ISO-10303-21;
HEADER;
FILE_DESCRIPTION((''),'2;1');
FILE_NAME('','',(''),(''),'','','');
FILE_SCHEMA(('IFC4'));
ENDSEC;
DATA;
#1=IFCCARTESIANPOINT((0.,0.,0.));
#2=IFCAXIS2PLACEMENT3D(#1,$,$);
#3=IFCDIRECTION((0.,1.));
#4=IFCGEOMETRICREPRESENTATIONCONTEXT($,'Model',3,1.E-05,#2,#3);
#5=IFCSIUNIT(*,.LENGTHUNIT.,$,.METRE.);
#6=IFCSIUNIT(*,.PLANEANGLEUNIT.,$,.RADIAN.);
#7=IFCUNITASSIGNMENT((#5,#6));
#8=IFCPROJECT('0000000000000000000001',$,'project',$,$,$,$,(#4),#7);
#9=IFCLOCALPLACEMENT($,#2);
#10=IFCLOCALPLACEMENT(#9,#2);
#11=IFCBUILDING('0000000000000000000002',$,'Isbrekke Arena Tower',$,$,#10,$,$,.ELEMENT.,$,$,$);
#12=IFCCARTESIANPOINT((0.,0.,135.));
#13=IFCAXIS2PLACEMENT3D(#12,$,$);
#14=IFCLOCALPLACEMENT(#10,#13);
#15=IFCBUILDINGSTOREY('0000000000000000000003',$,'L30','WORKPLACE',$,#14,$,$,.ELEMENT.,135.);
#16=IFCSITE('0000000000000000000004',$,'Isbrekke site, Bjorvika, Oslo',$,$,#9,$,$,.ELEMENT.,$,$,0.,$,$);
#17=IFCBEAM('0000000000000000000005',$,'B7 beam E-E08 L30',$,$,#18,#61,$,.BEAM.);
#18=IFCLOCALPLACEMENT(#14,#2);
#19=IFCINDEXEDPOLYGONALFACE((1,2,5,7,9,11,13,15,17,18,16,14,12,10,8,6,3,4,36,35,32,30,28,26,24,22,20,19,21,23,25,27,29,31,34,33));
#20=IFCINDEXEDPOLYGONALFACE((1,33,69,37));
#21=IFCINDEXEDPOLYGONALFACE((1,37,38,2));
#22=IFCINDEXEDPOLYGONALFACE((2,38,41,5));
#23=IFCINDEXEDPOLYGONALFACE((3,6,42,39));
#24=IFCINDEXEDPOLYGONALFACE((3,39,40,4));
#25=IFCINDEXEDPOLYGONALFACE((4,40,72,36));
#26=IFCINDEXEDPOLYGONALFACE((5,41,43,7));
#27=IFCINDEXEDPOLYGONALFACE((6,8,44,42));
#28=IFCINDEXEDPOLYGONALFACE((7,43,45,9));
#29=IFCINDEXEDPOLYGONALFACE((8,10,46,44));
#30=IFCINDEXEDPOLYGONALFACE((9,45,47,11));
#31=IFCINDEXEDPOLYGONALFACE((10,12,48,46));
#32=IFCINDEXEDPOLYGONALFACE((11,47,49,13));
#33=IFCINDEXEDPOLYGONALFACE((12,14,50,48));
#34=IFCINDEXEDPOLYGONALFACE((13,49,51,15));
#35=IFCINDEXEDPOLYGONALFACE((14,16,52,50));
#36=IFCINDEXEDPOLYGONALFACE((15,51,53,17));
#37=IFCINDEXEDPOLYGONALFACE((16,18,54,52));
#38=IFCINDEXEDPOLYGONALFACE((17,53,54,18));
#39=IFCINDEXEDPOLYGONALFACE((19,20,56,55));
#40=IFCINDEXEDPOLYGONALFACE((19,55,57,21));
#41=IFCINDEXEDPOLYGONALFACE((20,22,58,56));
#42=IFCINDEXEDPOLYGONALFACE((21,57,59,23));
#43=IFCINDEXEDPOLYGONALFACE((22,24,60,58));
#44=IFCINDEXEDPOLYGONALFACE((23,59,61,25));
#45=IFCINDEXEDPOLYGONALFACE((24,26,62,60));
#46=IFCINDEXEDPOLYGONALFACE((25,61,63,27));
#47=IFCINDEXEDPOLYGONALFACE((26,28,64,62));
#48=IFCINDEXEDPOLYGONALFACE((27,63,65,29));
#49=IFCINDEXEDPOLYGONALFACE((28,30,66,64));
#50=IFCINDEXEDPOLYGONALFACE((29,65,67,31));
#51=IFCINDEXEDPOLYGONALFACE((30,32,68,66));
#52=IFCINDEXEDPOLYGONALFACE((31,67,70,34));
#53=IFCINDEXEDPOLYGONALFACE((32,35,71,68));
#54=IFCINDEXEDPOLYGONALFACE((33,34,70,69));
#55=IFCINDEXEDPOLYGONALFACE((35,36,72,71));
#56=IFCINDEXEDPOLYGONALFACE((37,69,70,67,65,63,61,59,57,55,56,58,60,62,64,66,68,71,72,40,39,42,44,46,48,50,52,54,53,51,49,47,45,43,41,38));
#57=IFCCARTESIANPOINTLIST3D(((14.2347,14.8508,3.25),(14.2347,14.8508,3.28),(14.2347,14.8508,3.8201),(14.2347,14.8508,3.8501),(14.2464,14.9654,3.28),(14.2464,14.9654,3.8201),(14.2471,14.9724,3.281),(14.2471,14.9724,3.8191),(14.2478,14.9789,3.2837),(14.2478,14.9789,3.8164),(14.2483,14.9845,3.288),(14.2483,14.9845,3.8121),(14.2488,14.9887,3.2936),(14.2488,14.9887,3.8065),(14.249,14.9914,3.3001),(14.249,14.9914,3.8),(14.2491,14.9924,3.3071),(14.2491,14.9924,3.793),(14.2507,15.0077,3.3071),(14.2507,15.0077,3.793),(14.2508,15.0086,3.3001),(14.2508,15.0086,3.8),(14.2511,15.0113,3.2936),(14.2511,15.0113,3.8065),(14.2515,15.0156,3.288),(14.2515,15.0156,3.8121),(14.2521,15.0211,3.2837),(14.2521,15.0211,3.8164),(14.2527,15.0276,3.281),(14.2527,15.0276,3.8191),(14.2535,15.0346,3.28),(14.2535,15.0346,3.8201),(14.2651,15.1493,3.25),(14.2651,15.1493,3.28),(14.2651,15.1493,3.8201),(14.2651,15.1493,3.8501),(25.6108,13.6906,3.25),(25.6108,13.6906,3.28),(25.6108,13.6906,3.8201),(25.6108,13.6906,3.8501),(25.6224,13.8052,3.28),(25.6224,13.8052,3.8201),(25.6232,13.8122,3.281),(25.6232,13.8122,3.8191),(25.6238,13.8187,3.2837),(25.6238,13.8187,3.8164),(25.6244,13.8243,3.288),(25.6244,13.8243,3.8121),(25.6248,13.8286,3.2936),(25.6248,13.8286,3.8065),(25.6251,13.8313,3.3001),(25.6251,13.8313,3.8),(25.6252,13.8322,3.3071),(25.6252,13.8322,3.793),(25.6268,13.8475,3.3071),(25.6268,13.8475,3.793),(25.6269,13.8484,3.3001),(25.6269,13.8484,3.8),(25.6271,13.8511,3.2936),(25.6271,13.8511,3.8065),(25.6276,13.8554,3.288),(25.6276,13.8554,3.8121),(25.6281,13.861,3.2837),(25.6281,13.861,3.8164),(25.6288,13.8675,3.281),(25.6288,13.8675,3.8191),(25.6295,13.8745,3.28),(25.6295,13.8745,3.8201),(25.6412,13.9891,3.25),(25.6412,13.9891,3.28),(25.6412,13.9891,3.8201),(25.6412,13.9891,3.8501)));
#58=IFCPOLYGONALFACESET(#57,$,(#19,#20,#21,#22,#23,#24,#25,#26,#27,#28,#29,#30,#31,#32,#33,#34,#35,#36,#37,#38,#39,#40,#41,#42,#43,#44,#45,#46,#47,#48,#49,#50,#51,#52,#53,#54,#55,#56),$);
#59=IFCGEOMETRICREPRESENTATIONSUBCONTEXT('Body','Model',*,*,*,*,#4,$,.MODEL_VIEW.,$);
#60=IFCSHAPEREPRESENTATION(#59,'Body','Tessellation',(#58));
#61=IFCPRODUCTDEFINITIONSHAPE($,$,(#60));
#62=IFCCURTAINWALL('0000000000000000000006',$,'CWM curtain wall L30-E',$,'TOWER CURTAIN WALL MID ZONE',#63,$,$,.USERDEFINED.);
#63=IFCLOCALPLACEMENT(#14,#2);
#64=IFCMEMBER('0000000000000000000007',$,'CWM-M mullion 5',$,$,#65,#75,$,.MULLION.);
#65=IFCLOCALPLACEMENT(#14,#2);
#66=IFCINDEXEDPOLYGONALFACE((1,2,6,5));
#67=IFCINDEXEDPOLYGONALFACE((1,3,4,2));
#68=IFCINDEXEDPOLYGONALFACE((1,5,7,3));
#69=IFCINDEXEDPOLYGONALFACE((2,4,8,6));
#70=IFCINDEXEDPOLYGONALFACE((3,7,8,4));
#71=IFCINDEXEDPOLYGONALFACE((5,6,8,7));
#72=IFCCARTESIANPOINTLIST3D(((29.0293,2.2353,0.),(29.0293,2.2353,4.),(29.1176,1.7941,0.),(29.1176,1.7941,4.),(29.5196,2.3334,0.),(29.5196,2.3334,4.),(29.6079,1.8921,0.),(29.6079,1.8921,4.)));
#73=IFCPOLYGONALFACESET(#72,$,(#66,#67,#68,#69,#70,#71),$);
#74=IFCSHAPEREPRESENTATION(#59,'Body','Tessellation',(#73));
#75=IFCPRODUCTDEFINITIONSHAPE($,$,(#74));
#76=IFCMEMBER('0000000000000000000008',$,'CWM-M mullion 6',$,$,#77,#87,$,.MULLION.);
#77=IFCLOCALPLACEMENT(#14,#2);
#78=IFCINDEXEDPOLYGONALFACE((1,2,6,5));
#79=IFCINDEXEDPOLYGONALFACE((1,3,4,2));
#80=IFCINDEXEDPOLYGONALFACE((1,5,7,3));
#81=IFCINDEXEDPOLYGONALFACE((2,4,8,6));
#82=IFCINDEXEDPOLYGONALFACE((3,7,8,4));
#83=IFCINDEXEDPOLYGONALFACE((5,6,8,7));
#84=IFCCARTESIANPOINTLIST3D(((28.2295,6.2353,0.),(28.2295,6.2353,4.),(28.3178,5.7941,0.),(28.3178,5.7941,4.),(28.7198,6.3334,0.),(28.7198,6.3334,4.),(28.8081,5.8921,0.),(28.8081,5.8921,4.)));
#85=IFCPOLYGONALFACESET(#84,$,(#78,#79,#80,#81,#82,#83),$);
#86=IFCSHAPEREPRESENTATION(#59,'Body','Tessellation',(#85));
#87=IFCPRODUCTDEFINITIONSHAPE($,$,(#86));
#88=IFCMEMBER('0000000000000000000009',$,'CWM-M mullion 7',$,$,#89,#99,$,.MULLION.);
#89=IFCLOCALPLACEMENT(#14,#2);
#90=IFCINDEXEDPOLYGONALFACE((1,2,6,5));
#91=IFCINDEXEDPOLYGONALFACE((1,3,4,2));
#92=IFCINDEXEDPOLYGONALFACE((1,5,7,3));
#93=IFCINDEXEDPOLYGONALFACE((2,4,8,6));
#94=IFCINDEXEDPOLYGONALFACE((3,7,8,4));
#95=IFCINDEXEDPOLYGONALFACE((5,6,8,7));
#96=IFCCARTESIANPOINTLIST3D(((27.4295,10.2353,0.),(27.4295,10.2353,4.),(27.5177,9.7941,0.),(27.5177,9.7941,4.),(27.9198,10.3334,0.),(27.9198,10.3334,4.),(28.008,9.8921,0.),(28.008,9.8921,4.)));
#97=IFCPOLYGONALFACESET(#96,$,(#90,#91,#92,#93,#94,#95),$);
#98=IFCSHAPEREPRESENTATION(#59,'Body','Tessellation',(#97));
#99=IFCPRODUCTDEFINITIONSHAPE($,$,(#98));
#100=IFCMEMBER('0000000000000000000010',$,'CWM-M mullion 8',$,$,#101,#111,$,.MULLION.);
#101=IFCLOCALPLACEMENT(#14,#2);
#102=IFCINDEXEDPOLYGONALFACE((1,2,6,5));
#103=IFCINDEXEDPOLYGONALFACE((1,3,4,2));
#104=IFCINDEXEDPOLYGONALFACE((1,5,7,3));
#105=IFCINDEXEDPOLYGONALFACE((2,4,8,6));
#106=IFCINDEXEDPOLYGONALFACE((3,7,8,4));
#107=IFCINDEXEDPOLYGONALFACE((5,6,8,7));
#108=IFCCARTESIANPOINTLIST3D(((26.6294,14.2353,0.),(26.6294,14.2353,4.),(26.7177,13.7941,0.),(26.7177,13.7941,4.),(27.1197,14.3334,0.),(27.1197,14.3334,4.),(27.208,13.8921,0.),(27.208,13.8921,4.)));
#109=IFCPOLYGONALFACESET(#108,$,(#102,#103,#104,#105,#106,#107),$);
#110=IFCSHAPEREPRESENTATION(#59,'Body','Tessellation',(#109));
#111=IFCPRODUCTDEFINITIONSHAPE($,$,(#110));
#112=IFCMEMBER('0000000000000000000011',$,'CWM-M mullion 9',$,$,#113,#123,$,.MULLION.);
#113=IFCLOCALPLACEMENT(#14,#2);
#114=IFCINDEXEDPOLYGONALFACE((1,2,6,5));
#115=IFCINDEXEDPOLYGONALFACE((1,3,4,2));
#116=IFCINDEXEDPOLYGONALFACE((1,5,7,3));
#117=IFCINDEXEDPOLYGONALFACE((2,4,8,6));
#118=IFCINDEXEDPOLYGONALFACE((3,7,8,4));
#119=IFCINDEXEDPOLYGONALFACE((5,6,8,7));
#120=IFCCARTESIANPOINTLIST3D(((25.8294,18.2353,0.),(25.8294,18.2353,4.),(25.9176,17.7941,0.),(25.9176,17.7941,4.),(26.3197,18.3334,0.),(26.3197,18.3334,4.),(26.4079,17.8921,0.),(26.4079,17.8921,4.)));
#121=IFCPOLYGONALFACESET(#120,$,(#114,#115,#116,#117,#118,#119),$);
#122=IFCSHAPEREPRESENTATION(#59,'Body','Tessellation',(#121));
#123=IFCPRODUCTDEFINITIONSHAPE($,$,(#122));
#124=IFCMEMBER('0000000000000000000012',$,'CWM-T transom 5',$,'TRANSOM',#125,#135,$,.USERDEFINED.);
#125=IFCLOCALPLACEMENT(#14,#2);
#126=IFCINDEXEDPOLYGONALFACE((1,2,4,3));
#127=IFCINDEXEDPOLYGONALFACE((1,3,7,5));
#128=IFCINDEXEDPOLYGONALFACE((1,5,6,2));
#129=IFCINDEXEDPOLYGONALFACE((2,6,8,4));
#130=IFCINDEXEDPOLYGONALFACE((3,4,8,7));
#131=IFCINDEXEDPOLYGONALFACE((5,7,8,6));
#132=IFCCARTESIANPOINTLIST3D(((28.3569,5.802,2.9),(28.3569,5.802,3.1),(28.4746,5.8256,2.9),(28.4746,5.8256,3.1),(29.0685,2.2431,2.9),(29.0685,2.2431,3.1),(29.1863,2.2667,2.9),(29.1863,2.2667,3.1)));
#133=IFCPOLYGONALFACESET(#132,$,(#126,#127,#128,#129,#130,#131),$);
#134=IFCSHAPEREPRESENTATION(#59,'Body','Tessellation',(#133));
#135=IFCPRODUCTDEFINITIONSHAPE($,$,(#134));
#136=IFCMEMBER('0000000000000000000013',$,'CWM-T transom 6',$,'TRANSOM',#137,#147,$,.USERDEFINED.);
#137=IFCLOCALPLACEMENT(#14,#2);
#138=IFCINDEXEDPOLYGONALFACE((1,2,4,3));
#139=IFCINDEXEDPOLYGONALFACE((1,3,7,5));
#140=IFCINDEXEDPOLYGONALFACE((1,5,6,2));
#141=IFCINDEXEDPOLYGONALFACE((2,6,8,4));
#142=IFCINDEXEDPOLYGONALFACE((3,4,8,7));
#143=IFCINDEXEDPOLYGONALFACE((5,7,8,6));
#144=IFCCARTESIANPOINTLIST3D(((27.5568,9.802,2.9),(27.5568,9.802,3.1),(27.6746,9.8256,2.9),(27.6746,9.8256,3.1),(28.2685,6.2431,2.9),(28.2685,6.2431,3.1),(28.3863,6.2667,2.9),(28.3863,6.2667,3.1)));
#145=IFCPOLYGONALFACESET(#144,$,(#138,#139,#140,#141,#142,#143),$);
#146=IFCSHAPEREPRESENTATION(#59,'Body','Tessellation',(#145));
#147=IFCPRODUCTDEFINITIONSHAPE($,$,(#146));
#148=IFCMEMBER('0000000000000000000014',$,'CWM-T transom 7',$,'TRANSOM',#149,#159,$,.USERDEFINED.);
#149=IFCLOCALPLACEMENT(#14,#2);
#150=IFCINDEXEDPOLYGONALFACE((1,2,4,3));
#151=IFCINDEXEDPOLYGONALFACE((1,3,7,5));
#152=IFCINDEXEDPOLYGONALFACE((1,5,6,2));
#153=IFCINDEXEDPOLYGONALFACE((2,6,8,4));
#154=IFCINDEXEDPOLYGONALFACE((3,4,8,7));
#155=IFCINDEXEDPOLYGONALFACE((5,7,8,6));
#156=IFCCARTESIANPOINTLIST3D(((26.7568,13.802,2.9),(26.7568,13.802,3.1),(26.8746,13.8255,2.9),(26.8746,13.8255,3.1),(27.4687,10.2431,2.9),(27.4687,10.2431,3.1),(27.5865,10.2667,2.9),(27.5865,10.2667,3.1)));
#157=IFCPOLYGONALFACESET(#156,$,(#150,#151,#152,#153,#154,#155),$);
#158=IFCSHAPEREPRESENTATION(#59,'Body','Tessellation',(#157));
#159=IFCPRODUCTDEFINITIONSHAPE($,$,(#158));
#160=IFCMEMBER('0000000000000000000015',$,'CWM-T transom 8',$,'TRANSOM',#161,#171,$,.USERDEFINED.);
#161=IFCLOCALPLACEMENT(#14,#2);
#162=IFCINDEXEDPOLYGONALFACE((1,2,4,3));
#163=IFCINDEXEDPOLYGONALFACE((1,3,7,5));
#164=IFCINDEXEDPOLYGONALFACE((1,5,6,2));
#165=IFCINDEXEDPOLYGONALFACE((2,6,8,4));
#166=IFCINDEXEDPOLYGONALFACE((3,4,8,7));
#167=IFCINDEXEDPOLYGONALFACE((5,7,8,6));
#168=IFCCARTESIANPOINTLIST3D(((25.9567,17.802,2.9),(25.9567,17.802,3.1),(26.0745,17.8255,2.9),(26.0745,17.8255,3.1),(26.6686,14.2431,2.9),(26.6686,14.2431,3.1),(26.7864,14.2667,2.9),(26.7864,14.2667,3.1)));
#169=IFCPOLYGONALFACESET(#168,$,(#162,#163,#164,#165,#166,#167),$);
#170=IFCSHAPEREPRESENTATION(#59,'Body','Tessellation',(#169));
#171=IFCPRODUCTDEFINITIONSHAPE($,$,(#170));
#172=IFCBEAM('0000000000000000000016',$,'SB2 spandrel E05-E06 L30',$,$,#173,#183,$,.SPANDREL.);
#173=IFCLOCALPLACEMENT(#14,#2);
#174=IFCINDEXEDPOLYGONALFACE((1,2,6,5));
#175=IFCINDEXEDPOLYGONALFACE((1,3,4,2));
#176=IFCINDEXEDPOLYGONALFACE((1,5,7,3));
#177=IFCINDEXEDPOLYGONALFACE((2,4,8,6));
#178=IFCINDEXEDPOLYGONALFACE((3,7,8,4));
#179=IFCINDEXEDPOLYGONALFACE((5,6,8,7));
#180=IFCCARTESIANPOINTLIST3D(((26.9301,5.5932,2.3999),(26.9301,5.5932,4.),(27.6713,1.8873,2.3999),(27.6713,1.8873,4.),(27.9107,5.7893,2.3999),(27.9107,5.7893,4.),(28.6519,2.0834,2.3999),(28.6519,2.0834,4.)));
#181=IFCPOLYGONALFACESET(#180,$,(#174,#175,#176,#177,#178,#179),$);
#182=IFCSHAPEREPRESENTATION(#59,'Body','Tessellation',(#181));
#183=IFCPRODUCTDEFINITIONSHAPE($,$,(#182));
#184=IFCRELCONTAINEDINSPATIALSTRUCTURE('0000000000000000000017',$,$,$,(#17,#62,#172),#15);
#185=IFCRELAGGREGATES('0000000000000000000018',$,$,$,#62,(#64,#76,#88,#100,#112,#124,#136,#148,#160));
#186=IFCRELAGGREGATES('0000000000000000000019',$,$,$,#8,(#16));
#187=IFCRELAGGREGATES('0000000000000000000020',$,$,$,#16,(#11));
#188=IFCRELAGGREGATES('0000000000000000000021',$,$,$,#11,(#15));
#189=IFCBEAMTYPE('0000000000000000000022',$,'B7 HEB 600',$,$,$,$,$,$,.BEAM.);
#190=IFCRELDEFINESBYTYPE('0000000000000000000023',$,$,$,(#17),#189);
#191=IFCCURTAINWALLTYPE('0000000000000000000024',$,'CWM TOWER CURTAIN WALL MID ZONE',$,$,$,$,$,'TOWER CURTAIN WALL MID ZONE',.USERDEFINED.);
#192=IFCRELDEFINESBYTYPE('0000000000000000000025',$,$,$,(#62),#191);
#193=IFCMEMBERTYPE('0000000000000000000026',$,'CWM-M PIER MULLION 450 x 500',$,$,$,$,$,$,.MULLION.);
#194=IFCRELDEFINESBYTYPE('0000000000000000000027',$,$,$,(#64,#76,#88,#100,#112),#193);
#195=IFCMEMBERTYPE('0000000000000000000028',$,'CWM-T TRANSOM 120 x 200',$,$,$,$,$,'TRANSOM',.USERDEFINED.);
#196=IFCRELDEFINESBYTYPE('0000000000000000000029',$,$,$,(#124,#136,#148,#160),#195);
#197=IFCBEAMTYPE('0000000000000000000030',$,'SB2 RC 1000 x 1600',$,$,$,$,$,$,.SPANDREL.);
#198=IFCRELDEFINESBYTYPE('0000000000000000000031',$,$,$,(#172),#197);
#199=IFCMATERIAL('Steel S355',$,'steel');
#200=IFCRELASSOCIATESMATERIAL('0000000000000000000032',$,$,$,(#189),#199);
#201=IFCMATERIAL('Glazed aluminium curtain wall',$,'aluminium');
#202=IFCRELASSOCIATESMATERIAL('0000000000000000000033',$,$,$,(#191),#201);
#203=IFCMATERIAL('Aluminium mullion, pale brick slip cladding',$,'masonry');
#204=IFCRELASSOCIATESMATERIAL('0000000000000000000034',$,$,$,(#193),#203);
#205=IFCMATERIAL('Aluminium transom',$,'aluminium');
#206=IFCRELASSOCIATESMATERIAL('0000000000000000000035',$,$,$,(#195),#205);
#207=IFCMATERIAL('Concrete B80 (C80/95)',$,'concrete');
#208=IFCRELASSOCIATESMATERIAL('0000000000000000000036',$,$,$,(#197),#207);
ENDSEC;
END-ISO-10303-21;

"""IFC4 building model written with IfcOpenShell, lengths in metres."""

from ifc_helpers import new_model, si_unit, direction, frame, origin, origin_2d, place, context, subcontext, project, spatial, rectangle, i_section, extrude, material, material_profile, profile_set, type_object, element, aggregate, save


model = new_model("IFC4")

# Units and contexts
model_context = context("Model", 3, precision=1e-05, world=origin(), true_north=direction((0.0, 1.0)))
body_context = subcontext(model_context, "Body", "Model", "MODEL_VIEW")
ifc_project = project(units=[si_unit("LENGTHUNIT", "METRE"), si_unit("PLANEANGLEUNIT", "RADIAN")], contexts=[model_context])

# Site, building, storey
site_placement = place(None, origin())
site = spatial("IfcSite", under=ifc_project, at=site_placement, Name="Isbrekke site, Bjorvika, Oslo", CompositionType="ELEMENT", RefElevation=0.0)
building_placement = place(site_placement, origin())
building = spatial("IfcBuilding", under=site, at=building_placement, Name="Isbrekke Arena Tower", CompositionType="ELEMENT")
storey_placement = place(building_placement, frame((0.0, 0.0, 135.0)))
storey = spatial("IfcBuildingStorey", under=building, at=storey_placement, Name="L30", Description="WORKPLACE", CompositionType="ELEMENT", Elevation=135.0)

# Beam
ifc_material_1 = material(Name="Steel S355", Category="steel")
ifc_material_profile_1 = material_profile(ifc_material_1, i_section(OverallWidth=0.3, OverallDepth=0.6001, WebThickness=0.0154, FlangeThickness=0.03, FilletRadius=0.0271, at=origin_2d()), Name="HEB 600")
ifc_profile_set_1 = profile_set([ifc_material_profile_1], Name="Steel S355")
beam_type_1 = type_object("IfcBeamType", Name="B7 HEB 600", PredefinedType="BEAM", material=ifc_profile_set_1)
beam_1_placement = place(storey_placement, frame((25.626, 13.8398, 3.55), z_axis=(-0.99484, 0.101457, 0.0), x_axis=(-0.101457, -0.99484, 0.0)))
element("IfcBeam", 1, at=beam_1_placement, inside=storey, type_object=beam_type_1, Name="B7 beam E-E08 L30", PredefinedType="BEAM", context=body_context, shape_type="SweptSolid", body=[
    extrude(i_section(OverallWidth=0.3, OverallDepth=0.6001, WebThickness=0.0154, FlangeThickness=0.03, FilletRadius=0.0271, at=origin_2d()), origin(), (0.0, 0.0, 1.0), 11.4351),
])

# Curtain wall, members
ifc_material_2 = material(Name="Glazed aluminium curtain wall", Category="aluminium")
curtain_wall_type = type_object("IfcCurtainWallType", Name="CWM TOWER CURTAIN WALL MID ZONE", ElementType="TOWER CURTAIN WALL MID ZONE", PredefinedType="USERDEFINED", material=ifc_material_2)
curtain_wall_placement = place(storey_placement, origin())
curtain_wall = element("IfcCurtainWall", 2, at=curtain_wall_placement, inside=storey, type_object=curtain_wall_type, Name="CWM curtain wall L30-E", ObjectType="TOWER CURTAIN WALL MID ZONE", PredefinedType="USERDEFINED")
ifc_material_3 = material(Name="Aluminium mullion, pale brick slip cladding", Category="masonry")
ifc_material_profile_2 = material_profile(ifc_material_3, rectangle(XDim=0.45, YDim=0.5, at=origin_2d()), Name="PIER 450X500")
ifc_profile_set_2 = profile_set([ifc_material_profile_2], Name="Aluminium mullion, pale brick slip cladding")
member_type_1 = type_object("IfcMemberType", Name="CWM-M PIER MULLION 450 x 500", PredefinedType="MULLION", material=ifc_profile_set_2)
member_1_placement = place(storey_placement, frame((29.3186, 2.0637, 0.0), z_axis=(0.0, 0.0, 1.0), x_axis=(-0.196116, 0.980581, 0.0)))
member_1 = element("IfcMember", 3, at=member_1_placement, type_object=member_type_1, Name="CWM-M mullion 5", PredefinedType="MULLION", context=body_context, shape_type="SweptSolid", body=[
    extrude(rectangle(XDim=0.45, YDim=0.5, at=origin_2d()), origin(), (0.0, 0.0, 1.0), 4.0),
])
member_2_placement = place(storey_placement, frame((28.5188, 6.0637, 0.0), z_axis=(0.0, 0.0, 1.0), x_axis=(-0.196116, 0.980581, 0.0)))
member_2 = element("IfcMember", 4, at=member_2_placement, type_object=member_type_1, Name="CWM-M mullion 6", PredefinedType="MULLION", context=body_context, shape_type="SweptSolid", body=[
    extrude(rectangle(XDim=0.45, YDim=0.5, at=origin_2d()), origin(), (0.0, 0.0, 1.0), 4.0),
])
member_3_placement = place(storey_placement, frame((27.7188, 10.0637, 0.0), z_axis=(0.0, 0.0, 1.0), x_axis=(-0.196116, 0.980581, 0.0)))
member_3 = element("IfcMember", 5, at=member_3_placement, type_object=member_type_1, Name="CWM-M mullion 7", PredefinedType="MULLION", context=body_context, shape_type="SweptSolid", body=[
    extrude(rectangle(XDim=0.45, YDim=0.5, at=origin_2d()), origin(), (0.0, 0.0, 1.0), 4.0),
])
member_4_placement = place(storey_placement, frame((26.9187, 14.0637, 0.0), z_axis=(0.0, 0.0, 1.0), x_axis=(-0.196116, 0.980581, 0.0)))
member_4 = element("IfcMember", 6, at=member_4_placement, type_object=member_type_1, Name="CWM-M mullion 8", PredefinedType="MULLION", context=body_context, shape_type="SweptSolid", body=[
    extrude(rectangle(XDim=0.45, YDim=0.5, at=origin_2d()), origin(), (0.0, 0.0, 1.0), 4.0),
])
member_5_placement = place(storey_placement, frame((26.1187, 18.0637, 0.0), z_axis=(0.0, 0.0, 1.0), x_axis=(-0.196116, 0.980581, 0.0)))
member_5 = element("IfcMember", 7, at=member_5_placement, type_object=member_type_1, Name="CWM-M mullion 9", PredefinedType="MULLION", context=body_context, shape_type="SweptSolid", body=[
    extrude(rectangle(XDim=0.45, YDim=0.5, at=origin_2d()), origin(), (0.0, 0.0, 1.0), 4.0),
])
ifc_material_4 = material(Name="Aluminium transom", Category="aluminium")
ifc_material_profile_3 = material_profile(ifc_material_4, rectangle(XDim=0.1201, YDim=0.2, at=origin_2d()), Name="TRANSOM 120X200")
ifc_profile_set_3 = profile_set([ifc_material_profile_3], Name="Aluminium transom")
member_type_2 = type_object("IfcMemberType", Name="CWM-T TRANSOM 120 x 200", ElementType="TRANSOM", PredefinedType="USERDEFINED", material=ifc_profile_set_3)
member_6_placement = place(storey_placement, frame((29.1274, 2.2549, 3.0), z_axis=(-0.19609, 0.980586, 0.0), x_axis=(-0.980586, -0.19609, 0.0)))
member_6 = element("IfcMember", 8, at=member_6_placement, type_object=member_type_2, Name="CWM-T transom 5", ObjectType="TRANSOM", PredefinedType="USERDEFINED", context=body_context, shape_type="SweptSolid", body=[
    extrude(rectangle(XDim=0.1201, YDim=0.2, at=origin_2d()), origin(), (0.0, 0.0, 1.0), 3.6294),
])
member_7_placement = place(storey_placement, frame((28.3274, 6.2549, 3.0), z_axis=(-0.19609, 0.980586, 0.0), x_axis=(-0.980586, -0.19609, 0.0)))
member_7 = element("IfcMember", 9, at=member_7_placement, type_object=member_type_2, Name="CWM-T transom 6", ObjectType="TRANSOM", PredefinedType="USERDEFINED", context=body_context, shape_type="SweptSolid", body=[
    extrude(rectangle(XDim=0.1201, YDim=0.2, at=origin_2d()), origin(), (0.0, 0.0, 1.0), 3.6294),
])
member_8_placement = place(storey_placement, frame((27.5276, 10.2549, 3.0), z_axis=(-0.196155, 0.980573, 0.0), x_axis=(-0.980573, -0.196155, 0.0)))
member_8 = element("IfcMember", 10, at=member_8_placement, type_object=member_type_2, Name="CWM-T transom 7", ObjectType="TRANSOM", PredefinedType="USERDEFINED", context=body_context, shape_type="SweptSolid", body=[
    extrude(rectangle(XDim=0.1201, YDim=0.2, at=origin_2d()), origin(), (0.0, 0.0, 1.0), 3.6294),
])
member_9_placement = place(storey_placement, frame((26.7275, 14.2549, 3.0), z_axis=(-0.196155, 0.980573, 0.0), x_axis=(-0.980573, -0.196155, 0.0)))
member_9 = element("IfcMember", 11, at=member_9_placement, type_object=member_type_2, Name="CWM-T transom 8", ObjectType="TRANSOM", PredefinedType="USERDEFINED", context=body_context, shape_type="SweptSolid", body=[
    extrude(rectangle(XDim=0.1201, YDim=0.2, at=origin_2d()), origin(), (0.0, 0.0, 1.0), 3.6294),
])

# Beam
ifc_material_5 = material(Name="Concrete B80 (C80/95)", Category="concrete")
ifc_material_profile_4 = material_profile(ifc_material_5, rectangle(XDim=1.0, YDim=1.6001, at=origin_2d()), Name="RC 1000x1600")
ifc_profile_set_4 = profile_set([ifc_material_profile_4], Name="Concrete B80 (C80/95)")
beam_type_2 = type_object("IfcBeamType", Name="SB2 RC 1000 x 1600", PredefinedType="SPANDREL", material=ifc_profile_set_4)
for number, where, z_axis, x_axis, name in (
    (12, (28.1616, 1.9854, 3.2), (-0.196129, 0.980578, 0.0), (-0.980578, -0.196129, 0.0), "SB2 spandrel E05-E06 L30"),
):
    element("IfcBeam", number, at=place(storey_placement, frame(where, z_axis=z_axis, x_axis=x_axis)), inside=storey, type_object=beam_type_2, Name=name, PredefinedType="SPANDREL", context=body_context, shape_type="SweptSolid", body=[
        extrude(rectangle(XDim=1.0, YDim=1.6001, at=origin_2d()), origin(), (0.0, 0.0, 1.0), 3.7793),
    ])

aggregate(curtain_wall, [member_1, member_2, member_3, member_4, member_5, member_6, member_7, member_8, member_9])

save(model, "model.ifc")
